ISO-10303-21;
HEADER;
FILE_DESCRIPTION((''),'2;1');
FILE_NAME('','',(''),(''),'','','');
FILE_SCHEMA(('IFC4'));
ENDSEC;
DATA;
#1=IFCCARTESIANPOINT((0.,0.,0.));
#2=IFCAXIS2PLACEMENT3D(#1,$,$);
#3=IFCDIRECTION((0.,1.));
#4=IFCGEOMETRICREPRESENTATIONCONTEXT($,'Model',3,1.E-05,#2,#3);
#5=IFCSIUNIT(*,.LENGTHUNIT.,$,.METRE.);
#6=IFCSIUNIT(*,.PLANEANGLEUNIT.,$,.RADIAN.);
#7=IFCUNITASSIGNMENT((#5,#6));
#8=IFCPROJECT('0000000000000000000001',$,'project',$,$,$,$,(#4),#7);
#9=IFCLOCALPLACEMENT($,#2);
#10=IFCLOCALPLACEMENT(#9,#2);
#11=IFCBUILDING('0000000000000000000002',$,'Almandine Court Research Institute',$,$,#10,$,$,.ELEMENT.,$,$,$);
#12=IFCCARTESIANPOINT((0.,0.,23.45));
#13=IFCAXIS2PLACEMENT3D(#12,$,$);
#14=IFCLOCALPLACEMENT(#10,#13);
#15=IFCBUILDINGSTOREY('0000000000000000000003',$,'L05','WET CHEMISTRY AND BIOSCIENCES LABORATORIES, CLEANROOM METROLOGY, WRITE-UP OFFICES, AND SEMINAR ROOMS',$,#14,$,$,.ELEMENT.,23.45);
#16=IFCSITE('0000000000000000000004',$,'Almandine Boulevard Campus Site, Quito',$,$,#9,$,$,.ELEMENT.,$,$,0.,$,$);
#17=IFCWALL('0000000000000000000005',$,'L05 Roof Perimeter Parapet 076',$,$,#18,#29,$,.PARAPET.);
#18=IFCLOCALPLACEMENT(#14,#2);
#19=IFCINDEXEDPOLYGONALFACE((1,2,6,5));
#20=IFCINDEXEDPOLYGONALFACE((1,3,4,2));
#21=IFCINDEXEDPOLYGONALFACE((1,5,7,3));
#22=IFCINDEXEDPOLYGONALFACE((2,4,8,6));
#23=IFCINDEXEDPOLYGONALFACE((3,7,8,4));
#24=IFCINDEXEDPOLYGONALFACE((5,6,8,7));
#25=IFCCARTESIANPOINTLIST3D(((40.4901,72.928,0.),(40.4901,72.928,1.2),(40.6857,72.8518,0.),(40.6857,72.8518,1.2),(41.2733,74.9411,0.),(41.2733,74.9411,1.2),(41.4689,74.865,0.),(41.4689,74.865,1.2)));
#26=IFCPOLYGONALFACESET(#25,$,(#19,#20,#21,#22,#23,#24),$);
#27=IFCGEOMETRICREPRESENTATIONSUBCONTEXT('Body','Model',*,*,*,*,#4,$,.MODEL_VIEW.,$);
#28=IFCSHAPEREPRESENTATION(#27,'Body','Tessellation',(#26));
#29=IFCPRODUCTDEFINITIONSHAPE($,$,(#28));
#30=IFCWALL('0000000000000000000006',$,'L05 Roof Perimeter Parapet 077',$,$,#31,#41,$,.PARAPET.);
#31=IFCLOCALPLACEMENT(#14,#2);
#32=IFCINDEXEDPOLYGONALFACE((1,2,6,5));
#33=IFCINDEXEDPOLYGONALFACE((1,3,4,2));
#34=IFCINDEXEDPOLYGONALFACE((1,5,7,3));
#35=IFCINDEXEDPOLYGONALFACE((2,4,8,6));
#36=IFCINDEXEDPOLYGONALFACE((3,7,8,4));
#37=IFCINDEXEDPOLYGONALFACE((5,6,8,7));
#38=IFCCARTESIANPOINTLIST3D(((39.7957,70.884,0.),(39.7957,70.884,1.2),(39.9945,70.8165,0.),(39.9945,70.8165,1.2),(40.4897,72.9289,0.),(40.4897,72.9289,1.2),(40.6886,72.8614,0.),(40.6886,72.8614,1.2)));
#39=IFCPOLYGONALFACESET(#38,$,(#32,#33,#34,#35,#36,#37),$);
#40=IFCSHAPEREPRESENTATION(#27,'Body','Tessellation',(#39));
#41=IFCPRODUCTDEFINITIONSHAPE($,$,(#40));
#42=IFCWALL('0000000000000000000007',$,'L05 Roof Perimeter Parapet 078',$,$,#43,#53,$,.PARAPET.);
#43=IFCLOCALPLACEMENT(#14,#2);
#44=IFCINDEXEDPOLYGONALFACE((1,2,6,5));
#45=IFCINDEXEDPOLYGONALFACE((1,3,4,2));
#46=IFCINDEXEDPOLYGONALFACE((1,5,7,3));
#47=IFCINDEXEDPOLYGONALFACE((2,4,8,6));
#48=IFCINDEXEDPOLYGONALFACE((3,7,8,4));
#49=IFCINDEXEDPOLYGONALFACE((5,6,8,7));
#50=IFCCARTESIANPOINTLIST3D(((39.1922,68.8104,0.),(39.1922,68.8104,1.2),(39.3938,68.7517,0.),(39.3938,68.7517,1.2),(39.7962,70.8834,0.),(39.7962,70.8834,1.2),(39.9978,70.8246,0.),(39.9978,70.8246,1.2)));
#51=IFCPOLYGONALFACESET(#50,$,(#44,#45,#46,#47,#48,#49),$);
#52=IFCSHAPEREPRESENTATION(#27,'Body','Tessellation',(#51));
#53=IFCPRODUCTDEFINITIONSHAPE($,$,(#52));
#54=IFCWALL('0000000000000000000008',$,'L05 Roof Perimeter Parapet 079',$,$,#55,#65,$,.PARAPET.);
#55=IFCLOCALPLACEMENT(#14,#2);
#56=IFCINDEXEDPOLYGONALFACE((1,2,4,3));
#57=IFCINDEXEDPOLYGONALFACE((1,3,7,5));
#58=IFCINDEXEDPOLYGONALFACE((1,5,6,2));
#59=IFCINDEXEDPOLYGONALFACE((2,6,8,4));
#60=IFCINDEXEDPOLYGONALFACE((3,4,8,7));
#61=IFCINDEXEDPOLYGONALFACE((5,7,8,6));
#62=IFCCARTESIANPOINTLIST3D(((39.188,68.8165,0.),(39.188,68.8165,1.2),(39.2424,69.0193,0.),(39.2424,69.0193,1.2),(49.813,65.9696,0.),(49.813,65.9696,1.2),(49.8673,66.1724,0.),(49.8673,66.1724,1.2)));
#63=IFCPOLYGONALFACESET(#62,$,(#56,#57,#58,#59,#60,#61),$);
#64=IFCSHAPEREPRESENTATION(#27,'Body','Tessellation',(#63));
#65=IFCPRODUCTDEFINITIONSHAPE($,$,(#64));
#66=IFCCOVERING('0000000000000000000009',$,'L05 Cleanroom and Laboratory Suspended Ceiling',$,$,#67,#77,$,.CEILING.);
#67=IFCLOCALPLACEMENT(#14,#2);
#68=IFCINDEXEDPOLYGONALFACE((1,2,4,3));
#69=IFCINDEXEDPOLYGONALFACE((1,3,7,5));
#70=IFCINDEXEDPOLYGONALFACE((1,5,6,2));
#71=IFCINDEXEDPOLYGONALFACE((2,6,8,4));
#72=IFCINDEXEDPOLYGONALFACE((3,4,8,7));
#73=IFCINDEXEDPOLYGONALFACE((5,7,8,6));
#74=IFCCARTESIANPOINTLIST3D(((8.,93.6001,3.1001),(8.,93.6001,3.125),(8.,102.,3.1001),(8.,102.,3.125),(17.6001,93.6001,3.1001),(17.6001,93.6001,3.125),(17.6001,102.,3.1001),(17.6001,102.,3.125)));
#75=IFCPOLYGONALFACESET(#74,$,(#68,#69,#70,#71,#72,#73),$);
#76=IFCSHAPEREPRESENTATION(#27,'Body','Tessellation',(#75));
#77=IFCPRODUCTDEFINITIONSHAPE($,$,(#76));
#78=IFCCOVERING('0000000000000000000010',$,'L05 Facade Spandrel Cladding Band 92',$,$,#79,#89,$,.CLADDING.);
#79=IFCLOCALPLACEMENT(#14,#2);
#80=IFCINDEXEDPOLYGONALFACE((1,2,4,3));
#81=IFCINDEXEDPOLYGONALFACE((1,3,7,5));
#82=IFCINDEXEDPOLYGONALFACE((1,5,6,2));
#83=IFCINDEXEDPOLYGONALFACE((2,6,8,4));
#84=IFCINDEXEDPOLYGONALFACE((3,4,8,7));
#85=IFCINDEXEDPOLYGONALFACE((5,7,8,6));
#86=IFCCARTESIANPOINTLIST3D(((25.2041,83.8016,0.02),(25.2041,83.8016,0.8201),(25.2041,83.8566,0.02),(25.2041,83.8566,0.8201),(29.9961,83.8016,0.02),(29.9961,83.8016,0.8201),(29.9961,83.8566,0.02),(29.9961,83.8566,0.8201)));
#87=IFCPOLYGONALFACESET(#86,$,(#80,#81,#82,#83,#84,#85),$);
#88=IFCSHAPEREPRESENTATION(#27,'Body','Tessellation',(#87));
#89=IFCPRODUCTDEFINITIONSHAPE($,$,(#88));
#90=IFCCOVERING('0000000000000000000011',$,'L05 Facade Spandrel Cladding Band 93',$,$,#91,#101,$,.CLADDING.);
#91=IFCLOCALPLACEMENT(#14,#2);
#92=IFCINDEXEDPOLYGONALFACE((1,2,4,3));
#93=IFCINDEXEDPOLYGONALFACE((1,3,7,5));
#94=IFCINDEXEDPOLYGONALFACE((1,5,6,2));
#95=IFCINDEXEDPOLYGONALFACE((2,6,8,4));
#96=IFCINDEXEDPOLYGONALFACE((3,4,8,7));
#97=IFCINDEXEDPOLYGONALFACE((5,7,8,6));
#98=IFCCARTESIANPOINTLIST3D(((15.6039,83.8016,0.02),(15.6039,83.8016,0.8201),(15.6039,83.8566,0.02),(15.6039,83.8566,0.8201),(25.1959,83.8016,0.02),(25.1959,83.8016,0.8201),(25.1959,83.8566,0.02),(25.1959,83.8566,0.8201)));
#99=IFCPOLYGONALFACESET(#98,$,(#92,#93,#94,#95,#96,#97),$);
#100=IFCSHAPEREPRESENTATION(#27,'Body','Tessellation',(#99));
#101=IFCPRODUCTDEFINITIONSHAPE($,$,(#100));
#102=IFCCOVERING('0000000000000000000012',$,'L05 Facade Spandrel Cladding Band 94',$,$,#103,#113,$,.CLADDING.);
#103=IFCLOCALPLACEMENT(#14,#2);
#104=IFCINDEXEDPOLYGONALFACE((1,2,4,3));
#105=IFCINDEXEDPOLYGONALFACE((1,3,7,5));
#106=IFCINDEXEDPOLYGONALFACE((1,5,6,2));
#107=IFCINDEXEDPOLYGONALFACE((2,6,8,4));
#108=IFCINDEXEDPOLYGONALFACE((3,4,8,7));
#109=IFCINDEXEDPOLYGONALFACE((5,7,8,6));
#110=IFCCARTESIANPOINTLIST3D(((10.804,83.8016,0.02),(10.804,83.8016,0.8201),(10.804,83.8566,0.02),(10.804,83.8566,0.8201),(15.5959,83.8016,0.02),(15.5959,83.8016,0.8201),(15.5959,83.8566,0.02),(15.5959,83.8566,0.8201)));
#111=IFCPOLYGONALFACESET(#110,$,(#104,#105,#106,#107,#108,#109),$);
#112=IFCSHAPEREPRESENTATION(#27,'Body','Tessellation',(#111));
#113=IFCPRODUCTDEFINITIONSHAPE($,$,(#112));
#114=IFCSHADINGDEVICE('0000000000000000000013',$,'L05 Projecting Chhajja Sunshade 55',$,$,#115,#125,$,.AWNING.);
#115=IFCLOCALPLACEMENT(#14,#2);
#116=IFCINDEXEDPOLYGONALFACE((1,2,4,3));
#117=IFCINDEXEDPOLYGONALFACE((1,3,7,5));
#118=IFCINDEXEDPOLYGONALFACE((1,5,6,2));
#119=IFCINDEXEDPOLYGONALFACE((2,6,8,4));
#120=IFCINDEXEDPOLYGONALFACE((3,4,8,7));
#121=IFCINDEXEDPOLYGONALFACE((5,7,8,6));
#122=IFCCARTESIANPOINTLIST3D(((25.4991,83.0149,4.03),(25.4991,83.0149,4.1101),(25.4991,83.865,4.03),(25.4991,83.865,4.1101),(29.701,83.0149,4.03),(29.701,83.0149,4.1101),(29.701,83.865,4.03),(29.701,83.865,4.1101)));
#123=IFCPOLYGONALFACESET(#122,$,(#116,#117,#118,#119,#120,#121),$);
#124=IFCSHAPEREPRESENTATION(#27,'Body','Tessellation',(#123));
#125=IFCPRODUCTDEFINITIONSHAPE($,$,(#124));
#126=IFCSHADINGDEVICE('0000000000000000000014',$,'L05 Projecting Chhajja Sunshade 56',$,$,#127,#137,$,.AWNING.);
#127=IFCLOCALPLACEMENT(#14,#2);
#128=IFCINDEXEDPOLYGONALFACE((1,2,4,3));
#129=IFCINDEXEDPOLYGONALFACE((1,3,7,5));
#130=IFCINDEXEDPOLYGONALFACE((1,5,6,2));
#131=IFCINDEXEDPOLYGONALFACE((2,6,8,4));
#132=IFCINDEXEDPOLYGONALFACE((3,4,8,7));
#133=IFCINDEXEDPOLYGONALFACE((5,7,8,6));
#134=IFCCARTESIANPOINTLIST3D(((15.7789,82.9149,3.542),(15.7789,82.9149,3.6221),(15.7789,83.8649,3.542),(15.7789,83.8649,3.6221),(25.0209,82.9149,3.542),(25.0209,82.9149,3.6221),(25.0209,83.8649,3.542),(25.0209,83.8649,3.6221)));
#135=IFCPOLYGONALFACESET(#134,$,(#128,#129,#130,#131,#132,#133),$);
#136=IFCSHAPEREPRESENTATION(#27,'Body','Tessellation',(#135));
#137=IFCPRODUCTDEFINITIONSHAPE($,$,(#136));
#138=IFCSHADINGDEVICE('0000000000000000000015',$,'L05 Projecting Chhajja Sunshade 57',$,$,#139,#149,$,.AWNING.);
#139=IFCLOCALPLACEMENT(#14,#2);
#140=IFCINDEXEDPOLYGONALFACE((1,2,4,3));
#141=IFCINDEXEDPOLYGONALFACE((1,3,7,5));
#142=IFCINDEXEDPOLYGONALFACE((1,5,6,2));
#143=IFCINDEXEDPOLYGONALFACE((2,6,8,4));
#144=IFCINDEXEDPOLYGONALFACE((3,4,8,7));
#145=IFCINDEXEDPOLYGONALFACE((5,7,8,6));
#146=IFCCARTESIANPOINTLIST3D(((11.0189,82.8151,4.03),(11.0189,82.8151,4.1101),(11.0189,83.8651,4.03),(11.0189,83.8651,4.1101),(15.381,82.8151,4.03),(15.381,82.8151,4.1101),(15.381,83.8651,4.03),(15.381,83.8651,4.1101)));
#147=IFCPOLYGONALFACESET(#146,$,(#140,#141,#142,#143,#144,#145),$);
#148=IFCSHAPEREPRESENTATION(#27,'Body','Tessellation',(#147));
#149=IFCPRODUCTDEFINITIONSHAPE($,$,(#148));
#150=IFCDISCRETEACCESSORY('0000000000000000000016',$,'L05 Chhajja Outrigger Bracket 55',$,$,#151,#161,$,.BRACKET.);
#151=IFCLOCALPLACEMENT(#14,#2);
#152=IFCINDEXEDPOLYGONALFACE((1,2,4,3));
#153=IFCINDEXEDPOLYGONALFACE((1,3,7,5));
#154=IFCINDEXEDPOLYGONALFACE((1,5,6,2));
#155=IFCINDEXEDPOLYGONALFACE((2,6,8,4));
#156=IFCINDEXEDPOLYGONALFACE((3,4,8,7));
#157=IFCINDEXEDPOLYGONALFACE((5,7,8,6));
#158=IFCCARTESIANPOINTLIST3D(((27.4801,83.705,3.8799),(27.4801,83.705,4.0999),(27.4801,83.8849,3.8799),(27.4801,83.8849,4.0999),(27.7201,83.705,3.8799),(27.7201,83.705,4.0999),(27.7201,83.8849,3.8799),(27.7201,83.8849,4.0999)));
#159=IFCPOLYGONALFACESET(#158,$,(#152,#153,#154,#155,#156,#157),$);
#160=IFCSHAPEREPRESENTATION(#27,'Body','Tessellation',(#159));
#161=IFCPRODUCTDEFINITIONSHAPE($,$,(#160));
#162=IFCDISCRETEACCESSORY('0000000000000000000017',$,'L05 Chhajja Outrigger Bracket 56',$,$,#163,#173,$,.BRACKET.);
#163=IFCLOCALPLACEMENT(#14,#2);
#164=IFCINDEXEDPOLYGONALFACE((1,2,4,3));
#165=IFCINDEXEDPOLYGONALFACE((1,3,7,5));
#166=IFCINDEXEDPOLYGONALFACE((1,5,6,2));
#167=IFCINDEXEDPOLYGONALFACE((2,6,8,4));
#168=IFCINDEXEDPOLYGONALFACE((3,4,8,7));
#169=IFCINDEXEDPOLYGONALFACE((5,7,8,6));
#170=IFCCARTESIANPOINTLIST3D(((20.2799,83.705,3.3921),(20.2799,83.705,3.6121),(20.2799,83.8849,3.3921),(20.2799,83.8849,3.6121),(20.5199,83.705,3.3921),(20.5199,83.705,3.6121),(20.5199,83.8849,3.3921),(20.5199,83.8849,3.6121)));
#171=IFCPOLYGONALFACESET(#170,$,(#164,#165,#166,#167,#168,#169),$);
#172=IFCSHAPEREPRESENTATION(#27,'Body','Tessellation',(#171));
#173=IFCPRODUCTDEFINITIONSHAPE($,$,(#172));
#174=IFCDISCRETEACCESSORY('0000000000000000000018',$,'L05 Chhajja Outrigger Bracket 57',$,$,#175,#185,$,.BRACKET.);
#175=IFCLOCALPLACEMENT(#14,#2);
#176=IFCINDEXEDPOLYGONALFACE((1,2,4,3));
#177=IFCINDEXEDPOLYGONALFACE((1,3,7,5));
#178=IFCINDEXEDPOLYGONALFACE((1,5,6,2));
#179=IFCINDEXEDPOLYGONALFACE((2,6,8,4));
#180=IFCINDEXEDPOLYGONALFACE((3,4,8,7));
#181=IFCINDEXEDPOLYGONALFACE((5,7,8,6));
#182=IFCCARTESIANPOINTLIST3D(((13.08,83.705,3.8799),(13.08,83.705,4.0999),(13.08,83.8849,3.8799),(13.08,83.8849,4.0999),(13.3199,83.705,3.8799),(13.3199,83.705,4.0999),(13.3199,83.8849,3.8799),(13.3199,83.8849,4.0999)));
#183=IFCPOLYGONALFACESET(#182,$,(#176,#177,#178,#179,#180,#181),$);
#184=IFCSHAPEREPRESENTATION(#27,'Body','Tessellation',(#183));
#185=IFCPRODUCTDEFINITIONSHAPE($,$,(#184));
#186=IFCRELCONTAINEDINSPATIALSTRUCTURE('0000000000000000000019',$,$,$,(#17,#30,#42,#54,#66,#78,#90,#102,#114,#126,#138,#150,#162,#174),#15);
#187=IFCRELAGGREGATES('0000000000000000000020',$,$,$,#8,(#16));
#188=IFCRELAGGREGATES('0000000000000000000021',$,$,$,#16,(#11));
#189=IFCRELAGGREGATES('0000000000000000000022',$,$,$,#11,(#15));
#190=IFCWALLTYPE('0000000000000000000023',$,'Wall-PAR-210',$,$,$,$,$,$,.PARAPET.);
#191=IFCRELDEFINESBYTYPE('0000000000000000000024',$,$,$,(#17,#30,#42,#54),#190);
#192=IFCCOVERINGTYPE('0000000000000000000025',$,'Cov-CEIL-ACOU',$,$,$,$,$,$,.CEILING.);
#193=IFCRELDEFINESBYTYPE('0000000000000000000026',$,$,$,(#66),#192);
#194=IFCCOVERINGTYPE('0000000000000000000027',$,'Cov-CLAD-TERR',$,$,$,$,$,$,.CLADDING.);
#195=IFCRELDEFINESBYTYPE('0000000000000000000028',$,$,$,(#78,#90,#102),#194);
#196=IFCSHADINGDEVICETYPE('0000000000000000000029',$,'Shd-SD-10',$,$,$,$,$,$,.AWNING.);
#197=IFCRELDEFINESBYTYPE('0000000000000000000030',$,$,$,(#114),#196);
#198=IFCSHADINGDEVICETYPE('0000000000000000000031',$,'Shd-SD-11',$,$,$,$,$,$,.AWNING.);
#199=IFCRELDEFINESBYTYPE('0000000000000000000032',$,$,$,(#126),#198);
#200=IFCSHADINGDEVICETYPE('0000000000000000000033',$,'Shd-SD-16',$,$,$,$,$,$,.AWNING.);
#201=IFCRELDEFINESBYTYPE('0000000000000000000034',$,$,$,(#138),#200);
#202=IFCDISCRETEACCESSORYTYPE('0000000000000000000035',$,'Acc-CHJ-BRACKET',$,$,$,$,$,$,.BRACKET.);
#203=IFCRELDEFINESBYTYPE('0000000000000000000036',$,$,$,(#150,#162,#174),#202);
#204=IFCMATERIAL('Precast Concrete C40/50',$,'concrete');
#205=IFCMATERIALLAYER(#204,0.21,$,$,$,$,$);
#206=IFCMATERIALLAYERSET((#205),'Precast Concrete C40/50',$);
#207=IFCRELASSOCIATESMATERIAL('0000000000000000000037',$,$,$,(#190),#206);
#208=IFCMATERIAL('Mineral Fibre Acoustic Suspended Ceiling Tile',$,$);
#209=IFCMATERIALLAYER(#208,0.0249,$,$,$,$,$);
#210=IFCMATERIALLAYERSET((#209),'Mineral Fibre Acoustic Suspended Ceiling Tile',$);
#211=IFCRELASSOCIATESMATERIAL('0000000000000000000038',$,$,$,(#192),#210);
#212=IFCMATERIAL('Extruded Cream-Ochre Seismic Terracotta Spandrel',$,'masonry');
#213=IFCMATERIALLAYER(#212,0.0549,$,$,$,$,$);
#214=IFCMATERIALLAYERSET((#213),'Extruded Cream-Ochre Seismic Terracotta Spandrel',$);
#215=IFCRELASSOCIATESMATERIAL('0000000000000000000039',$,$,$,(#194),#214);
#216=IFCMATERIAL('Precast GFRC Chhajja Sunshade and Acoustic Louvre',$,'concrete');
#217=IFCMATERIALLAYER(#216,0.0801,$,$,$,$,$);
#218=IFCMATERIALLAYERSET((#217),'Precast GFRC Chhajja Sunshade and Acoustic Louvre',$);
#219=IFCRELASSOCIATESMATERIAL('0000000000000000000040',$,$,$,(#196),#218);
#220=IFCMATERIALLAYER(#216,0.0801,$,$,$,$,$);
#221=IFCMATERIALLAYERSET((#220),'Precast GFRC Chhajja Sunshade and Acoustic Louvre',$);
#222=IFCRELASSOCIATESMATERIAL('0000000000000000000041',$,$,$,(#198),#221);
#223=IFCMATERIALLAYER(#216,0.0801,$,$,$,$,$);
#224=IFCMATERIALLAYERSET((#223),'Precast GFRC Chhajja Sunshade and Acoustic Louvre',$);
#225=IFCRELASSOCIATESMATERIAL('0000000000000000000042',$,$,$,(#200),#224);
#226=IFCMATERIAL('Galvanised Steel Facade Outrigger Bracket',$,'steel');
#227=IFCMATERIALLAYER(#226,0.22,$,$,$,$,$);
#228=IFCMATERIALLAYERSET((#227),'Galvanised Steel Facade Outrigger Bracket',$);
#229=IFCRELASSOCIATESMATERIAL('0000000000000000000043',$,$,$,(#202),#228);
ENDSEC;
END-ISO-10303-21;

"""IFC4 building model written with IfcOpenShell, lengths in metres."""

from ifc_helpers import new_model, si_unit, direction, frame, frame_2d, origin, origin_2d, place, context, subcontext, project, spatial, polyline, rectangle, outline, extrude, material, layer, layer_set, type_object, element, save


model = new_model("IFC4")

# Units and contexts
model_context = context("Model", 3, precision=1e-05, world=origin(), true_north=direction((0.0, 1.0)))
body_context = subcontext(model_context, "Body", "Model", "MODEL_VIEW")
ifc_project = project(units=[si_unit("LENGTHUNIT", "METRE"), si_unit("PLANEANGLEUNIT", "RADIAN")], contexts=[model_context])

# Site, building, storey
site_placement = place(None, origin())
site = spatial("IfcSite", under=ifc_project, at=site_placement, Name="Almandine Boulevard Campus Site, Quito", CompositionType="ELEMENT", RefElevation=0.0)
building_placement = place(site_placement, origin())
building = spatial("IfcBuilding", under=site, at=building_placement, Name="Almandine Court Research Institute", CompositionType="ELEMENT")
storey_placement = place(building_placement, frame((0.0, 0.0, 23.45)))
storey = spatial("IfcBuildingStorey", under=building, at=storey_placement, Name="L05", Description="WET CHEMISTRY AND BIOSCIENCES LABORATORIES, CLEANROOM METROLOGY, WRITE-UP OFFICES, AND SEMINAR ROOMS", CompositionType="ELEMENT", Elevation=23.45)

# Walls
ifc_material_1 = material(Name="Precast Concrete C40/50", Category="concrete")
ifc_layer_1 = layer(ifc_material_1, 0.21)
ifc_layer_set_1 = layer_set([ifc_layer_1], Name="Precast Concrete C40/50")
wall_type_1 = type_object("IfcWallType", Name="Wall-PAR-210", PredefinedType="PARAPET", material=ifc_layer_set_1)
for number, where, z_axis, x_axis, name in (
    (1, (41.3711, 74.9031, 0.0), (0.0, 0.0, 1.0), (-0.362566, -0.931958, 0.0), "L05 Roof Perimeter Parapet 076"),
):
    element("IfcWall", number, at=place(storey_placement, frame(where, z_axis=z_axis, x_axis=x_axis)), inside=storey, type_object=wall_type_1, Name=name, PredefinedType="PARAPET", context=body_context, shape_type="SweptSolid", body=[
        extrude(rectangle(XDim=2.1602, YDim=0.21, at=frame_2d((1.0801, 0.0))), origin(), (0.0, 0.0, 1.0), 1.2),
    ])
wall_1_placement = place(storey_placement, frame((40.5891, 72.895, 0.0), z_axis=(0.0, 0.0, 1.0), x_axis=(-0.321412, -0.946939, 0.0)))
element("IfcWall", 2, at=wall_1_placement, inside=storey, type_object=wall_type_1, Name="L05 Roof Perimeter Parapet 077", PredefinedType="PARAPET", context=body_context, shape_type="SweptSolid", body=[
    extrude(rectangle(XDim=2.1594, YDim=0.21, at=frame_2d((1.0796, 0.0))), origin(), (0.0, 0.0, 1.0), 1.2),
])
wall_2_placement = place(storey_placement, frame((39.897, 70.854, 0.0), z_axis=(0.0, 0.0, 1.0), x_axis=(-0.279735, -0.960077, 0.0)))
element("IfcWall", 3, at=wall_2_placement, inside=storey, type_object=wall_type_1, Name="L05 Roof Perimeter Parapet 078", PredefinedType="PARAPET", context=body_context, shape_type="SweptSolid", body=[
    extrude(rectangle(XDim=2.1592, YDim=0.21, at=frame_2d((1.0796, 0.0))), origin(), (0.0, 0.0, 1.0), 1.2),
])
wall_3_placement = place(storey_placement, frame((39.2151, 68.918, 0.0), z_axis=(0.0, 0.0, 1.0), x_axis=(0.965927, -0.258816, 0.0)))
element("IfcWall", 4, at=wall_3_placement, inside=storey, type_object=wall_type_1, Name="L05 Roof Perimeter Parapet 079", PredefinedType="PARAPET", context=body_context, shape_type="SweptSolid", body=[
    extrude(rectangle(XDim=10.9998, YDim=0.21, at=frame_2d((5.5, 0.0))), origin(), (0.0, 0.0, 1.0), 1.2),
])

# Coverings
ifc_material_2 = material(Name="Mineral Fibre Acoustic Suspended Ceiling Tile")
ifc_layer_2 = layer(ifc_material_2, 0.0249)
ifc_layer_set_2 = layer_set([ifc_layer_2], Name="Mineral Fibre Acoustic Suspended Ceiling Tile")
covering_type_1 = type_object("IfcCoveringType", Name="Cov-CEIL-ACOU", PredefinedType="CEILING", material=ifc_layer_set_2)
covering_1_placement = place(storey_placement, frame((0.0, 0.0, 3.1001)))
element("IfcCovering", 5, at=covering_1_placement, inside=storey, type_object=covering_type_1, Name="L05 Cleanroom and Laboratory Suspended Ceiling", PredefinedType="CEILING", context=body_context, shape_type="SweptSolid", body=[
    extrude(outline(polyline([(8.0, 93.6001), (17.6001, 93.6001), (17.6001, 102.0), (8.0, 102.0), (8.0, 93.6001)])), origin(), (0.0, 0.0, 1.0), 0.0249),
])
ifc_material_3 = material(Name="Extruded Cream-Ochre Seismic Terracotta Spandrel", Category="masonry")
ifc_layer_3 = layer(ifc_material_3, 0.0549)
ifc_layer_set_3 = layer_set([ifc_layer_3], Name="Extruded Cream-Ochre Seismic Terracotta Spandrel")
covering_type_2 = type_object("IfcCoveringType", Name="Cov-CLAD-TERR", PredefinedType="CLADDING", material=ifc_layer_set_3)
covering_2_placement = place(storey_placement, frame((27.6001, 83.8291, 0.02), z_axis=(0.0, 0.0, 1.0), x_axis=(-1.0, 0.0, 0.0)))
element("IfcCovering", 6, at=covering_2_placement, inside=storey, type_object=covering_type_2, Name="L05 Facade Spandrel Cladding Band 92", PredefinedType="CLADDING", context=body_context, shape_type="SweptSolid", body=[
    extrude(rectangle(XDim=4.792, YDim=0.0549, at=origin_2d()), origin(), (0.0, 0.0, 1.0), 0.8),
])
covering_3_placement = place(storey_placement, frame((20.3999, 83.8291, 0.02), z_axis=(0.0, 0.0, 1.0), x_axis=(-1.0, 0.0, 0.0)))
element("IfcCovering", 7, at=covering_3_placement, inside=storey, type_object=covering_type_2, Name="L05 Facade Spandrel Cladding Band 93", PredefinedType="CLADDING", context=body_context, shape_type="SweptSolid", body=[
    extrude(rectangle(XDim=9.592, YDim=0.0549, at=origin_2d()), origin(), (0.0, 0.0, 1.0), 0.8),
])
covering_4_placement = place(storey_placement, frame((13.2, 83.8291, 0.02), z_axis=(0.0, 0.0, 1.0), x_axis=(-1.0, 0.0, 0.0)))
element("IfcCovering", 8, at=covering_4_placement, inside=storey, type_object=covering_type_2, Name="L05 Facade Spandrel Cladding Band 94", PredefinedType="CLADDING", context=body_context, shape_type="SweptSolid", body=[
    extrude(rectangle(XDim=4.792, YDim=0.0549, at=origin_2d()), origin(), (0.0, 0.0, 1.0), 0.8),
])

# Shading devices
ifc_material_4 = material(Name="Precast GFRC Chhajja Sunshade and Acoustic Louvre", Category="concrete")
ifc_layer_4 = layer(ifc_material_4, 0.0801)
ifc_layer_set_4 = layer_set([ifc_layer_4], Name="Precast GFRC Chhajja Sunshade and Acoustic Louvre")
shading_device_type_1 = type_object("IfcShadingDeviceType", Name="Shd-SD-10", PredefinedType="AWNING", material=ifc_layer_set_4)
shading_device_1_placement = place(storey_placement, frame((27.6001, 83.4399, 4.03), z_axis=(0.0, 0.0, 1.0), x_axis=(-1.0, 0.0, 0.0)))
element("IfcShadingDevice", 9, at=shading_device_1_placement, inside=storey, type_object=shading_device_type_1, Name="L05 Projecting Chhajja Sunshade 55", PredefinedType="AWNING", context=body_context, shape_type="SweptSolid", body=[
    extrude(rectangle(XDim=4.2019, YDim=0.8501, at=origin_2d()), origin(), (0.0, 0.0, 1.0), 0.0801),
])
ifc_layer_5 = layer(ifc_material_4, 0.0801)
ifc_layer_set_5 = layer_set([ifc_layer_5], Name="Precast GFRC Chhajja Sunshade and Acoustic Louvre")
shading_device_type_2 = type_object("IfcShadingDeviceType", Name="Shd-SD-11", PredefinedType="AWNING", material=ifc_layer_set_5)
shading_device_2_placement = place(storey_placement, frame((20.3999, 83.3899, 3.542), z_axis=(0.0, 0.0, 1.0), x_axis=(-1.0, 0.0, 0.0)))
element("IfcShadingDevice", 10, at=shading_device_2_placement, inside=storey, type_object=shading_device_type_2, Name="L05 Projecting Chhajja Sunshade 56", PredefinedType="AWNING", context=body_context, shape_type="SweptSolid", body=[
    extrude(rectangle(XDim=9.2419, YDim=0.95, at=origin_2d()), origin(), (0.0, 0.0, 1.0), 0.0801),
])
ifc_layer_6 = layer(ifc_material_4, 0.0801)
ifc_layer_set_6 = layer_set([ifc_layer_6], Name="Precast GFRC Chhajja Sunshade and Acoustic Louvre")
shading_device_type_3 = type_object("IfcShadingDeviceType", Name="Shd-SD-16", PredefinedType="AWNING", material=ifc_layer_set_6)
shading_device_3_placement = place(storey_placement, frame((13.2, 83.3401, 4.03), z_axis=(0.0, 0.0, 1.0), x_axis=(-1.0, 0.0, 0.0)))
element("IfcShadingDevice", 11, at=shading_device_3_placement, inside=storey, type_object=shading_device_type_3, Name="L05 Projecting Chhajja Sunshade 57", PredefinedType="AWNING", context=body_context, shape_type="SweptSolid", body=[
    extrude(rectangle(XDim=4.3621, YDim=1.05, at=origin_2d()), origin(), (0.0, 0.0, 1.0), 0.0801),
])

# Discrete accessories
ifc_material_5 = material(Name="Galvanised Steel Facade Outrigger Bracket", Category="steel")
ifc_layer_7 = layer(ifc_material_5, 0.22)
ifc_layer_set_7 = layer_set([ifc_layer_7], Name="Galvanised Steel Facade Outrigger Bracket")
discrete_accessory_type = type_object("IfcDiscreteAccessoryType", Name="Acc-CHJ-BRACKET", PredefinedType="BRACKET", material=ifc_layer_set_7)
for number, where, z_axis, x_axis, name in (
    (12, (27.6001, 83.7949, 3.8799), (0.0, 0.0, 1.0), (-1.0, 0.0, 0.0), "L05 Chhajja Outrigger Bracket 55"),
    (13, (20.3999, 83.7949, 3.3921), (0.0, 0.0, 1.0), (-1.0, 0.0, 0.0), "L05 Chhajja Outrigger Bracket 56"),
    (14, (13.2, 83.7949, 3.8799), (0.0, 0.0, 1.0), (-1.0, 0.0, 0.0), "L05 Chhajja Outrigger Bracket 57"),
):
    element("IfcDiscreteAccessory", number, at=place(storey_placement, frame(where, z_axis=z_axis, x_axis=x_axis)), inside=storey, type_object=discrete_accessory_type, Name=name, PredefinedType="BRACKET", context=body_context, shape_type="SweptSolid", body=[
        extrude(rectangle(XDim=0.24, YDim=0.1799, at=origin_2d()), origin(), (0.0, 0.0, 1.0), 0.22),
    ])

save(model, "model.ifc")
